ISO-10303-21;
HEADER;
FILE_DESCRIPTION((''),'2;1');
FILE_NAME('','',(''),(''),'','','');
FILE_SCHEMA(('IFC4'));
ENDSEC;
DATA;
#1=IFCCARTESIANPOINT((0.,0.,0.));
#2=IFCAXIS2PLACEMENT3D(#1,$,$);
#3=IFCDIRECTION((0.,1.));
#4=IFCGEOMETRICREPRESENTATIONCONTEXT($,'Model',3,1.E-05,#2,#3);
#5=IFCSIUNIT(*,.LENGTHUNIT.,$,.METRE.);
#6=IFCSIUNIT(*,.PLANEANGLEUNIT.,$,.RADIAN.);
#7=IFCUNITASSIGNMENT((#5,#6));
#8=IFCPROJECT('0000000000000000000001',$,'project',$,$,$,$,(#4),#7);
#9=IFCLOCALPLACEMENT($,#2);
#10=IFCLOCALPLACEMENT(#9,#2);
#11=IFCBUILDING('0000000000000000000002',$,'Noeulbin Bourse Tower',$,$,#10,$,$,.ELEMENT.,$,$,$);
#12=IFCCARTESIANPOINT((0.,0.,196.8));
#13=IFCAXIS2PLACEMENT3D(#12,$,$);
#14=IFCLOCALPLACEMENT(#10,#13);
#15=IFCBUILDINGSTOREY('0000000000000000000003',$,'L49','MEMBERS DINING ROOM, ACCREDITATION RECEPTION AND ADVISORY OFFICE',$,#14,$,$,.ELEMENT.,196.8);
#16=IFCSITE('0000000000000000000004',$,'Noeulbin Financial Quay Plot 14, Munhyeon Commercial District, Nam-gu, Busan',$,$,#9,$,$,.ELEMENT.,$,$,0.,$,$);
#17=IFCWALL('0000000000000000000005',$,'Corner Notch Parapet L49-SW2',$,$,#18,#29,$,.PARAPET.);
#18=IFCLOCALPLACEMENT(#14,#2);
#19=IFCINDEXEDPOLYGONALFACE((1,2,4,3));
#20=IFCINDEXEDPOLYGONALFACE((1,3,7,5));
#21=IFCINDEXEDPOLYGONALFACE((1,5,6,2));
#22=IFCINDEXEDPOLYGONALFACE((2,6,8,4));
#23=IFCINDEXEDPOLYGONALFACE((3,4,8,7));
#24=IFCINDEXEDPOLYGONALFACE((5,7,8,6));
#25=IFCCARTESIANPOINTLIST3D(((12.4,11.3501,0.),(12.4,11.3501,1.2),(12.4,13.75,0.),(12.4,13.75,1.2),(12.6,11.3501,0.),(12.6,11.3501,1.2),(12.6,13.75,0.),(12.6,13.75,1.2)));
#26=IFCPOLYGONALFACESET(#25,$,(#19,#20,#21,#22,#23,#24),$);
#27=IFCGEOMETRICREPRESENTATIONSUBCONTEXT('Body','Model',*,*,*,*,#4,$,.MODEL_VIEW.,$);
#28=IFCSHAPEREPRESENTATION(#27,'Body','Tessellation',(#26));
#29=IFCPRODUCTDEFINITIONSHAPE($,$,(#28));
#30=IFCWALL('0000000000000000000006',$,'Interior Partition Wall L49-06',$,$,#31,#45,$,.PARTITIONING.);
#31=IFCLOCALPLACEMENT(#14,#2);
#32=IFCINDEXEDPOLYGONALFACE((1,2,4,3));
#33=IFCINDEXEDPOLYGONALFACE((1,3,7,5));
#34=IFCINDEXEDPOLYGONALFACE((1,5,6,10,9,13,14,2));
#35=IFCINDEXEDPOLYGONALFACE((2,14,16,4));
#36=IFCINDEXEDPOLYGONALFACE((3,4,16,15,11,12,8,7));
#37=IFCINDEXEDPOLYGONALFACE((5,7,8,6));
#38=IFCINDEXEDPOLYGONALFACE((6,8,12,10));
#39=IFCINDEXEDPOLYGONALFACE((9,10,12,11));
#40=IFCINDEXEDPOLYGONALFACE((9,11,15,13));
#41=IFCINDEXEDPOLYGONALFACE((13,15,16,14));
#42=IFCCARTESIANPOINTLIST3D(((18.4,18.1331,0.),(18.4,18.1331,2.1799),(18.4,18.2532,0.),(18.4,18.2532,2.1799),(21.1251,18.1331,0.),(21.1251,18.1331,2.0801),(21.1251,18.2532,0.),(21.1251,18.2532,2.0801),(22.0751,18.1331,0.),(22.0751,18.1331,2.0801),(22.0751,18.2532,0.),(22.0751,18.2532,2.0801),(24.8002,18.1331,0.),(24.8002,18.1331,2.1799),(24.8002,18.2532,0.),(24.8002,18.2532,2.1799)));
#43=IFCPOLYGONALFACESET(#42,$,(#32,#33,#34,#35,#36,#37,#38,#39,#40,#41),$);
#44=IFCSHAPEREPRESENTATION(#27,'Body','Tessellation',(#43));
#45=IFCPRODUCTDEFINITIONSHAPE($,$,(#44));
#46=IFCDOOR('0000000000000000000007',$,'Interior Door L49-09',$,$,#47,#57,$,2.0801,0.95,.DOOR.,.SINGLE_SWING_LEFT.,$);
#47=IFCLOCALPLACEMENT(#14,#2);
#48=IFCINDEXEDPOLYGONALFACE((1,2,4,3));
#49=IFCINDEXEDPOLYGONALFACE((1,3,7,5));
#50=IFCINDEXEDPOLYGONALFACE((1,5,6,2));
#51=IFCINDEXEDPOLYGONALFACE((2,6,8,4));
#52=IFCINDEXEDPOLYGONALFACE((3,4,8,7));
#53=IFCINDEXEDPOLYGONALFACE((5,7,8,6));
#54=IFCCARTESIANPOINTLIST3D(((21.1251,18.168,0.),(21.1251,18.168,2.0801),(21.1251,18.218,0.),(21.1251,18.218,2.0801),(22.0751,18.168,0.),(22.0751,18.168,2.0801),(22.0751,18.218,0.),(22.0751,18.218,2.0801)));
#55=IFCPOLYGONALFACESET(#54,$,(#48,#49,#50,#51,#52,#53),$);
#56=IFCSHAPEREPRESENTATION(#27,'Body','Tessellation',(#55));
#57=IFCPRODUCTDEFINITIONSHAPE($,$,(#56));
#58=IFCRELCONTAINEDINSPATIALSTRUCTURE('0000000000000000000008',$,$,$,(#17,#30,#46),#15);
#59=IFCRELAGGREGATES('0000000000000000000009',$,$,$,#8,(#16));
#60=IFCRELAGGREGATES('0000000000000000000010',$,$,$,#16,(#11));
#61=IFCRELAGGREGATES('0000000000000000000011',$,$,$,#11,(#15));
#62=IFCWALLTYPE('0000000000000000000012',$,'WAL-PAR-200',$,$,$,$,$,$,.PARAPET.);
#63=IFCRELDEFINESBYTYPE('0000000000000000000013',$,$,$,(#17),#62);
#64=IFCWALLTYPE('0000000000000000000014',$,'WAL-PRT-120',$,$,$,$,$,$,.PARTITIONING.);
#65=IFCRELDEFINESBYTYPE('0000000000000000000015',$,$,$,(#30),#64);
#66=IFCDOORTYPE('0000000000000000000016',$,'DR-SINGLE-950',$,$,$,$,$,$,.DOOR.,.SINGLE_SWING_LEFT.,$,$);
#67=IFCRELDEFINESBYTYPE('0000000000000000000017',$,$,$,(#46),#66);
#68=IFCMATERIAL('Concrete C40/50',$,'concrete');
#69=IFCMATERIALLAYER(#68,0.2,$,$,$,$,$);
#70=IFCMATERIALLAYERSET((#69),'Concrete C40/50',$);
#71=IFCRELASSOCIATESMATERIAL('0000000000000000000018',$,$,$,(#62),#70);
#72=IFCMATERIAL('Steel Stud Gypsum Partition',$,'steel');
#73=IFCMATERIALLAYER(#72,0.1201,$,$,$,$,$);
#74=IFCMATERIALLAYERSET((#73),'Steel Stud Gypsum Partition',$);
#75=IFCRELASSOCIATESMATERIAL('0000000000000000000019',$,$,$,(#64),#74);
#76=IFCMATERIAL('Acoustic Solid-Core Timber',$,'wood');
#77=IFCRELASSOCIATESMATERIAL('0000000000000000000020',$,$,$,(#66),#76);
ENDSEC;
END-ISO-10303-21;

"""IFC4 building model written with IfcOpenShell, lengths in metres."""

from ifc_helpers import new_model, si_unit, direction, frame, frame_2d, origin, place, context, subcontext, project, spatial, rectangle, extrude, material, layer, layer_set, type_object, element, fill, save


model = new_model("IFC4")

# Units and contexts
model_context = context("Model", 3, precision=1e-05, world=origin(), true_north=direction((0.0, 1.0)))
body_context = subcontext(model_context, "Body", "Model", "MODEL_VIEW")
ifc_project = project(units=[si_unit("LENGTHUNIT", "METRE"), si_unit("PLANEANGLEUNIT", "RADIAN")], contexts=[model_context])

# Site, building, storey
site_placement = place(None, origin())
site = spatial("IfcSite", under=ifc_project, at=site_placement, Name="Noeulbin Financial Quay Plot 14, Munhyeon Commercial District, Nam-gu, Busan", CompositionType="ELEMENT", RefElevation=0.0)
building_placement = place(site_placement, origin())
building = spatial("IfcBuilding", under=site, at=building_placement, Name="Noeulbin Bourse Tower", CompositionType="ELEMENT")
storey_placement = place(building_placement, frame((0.0, 0.0, 196.8)))
storey = spatial("IfcBuildingStorey", under=building, at=storey_placement, Name="L49", Description="MEMBERS DINING ROOM, ACCREDITATION RECEPTION AND ADVISORY OFFICE", CompositionType="ELEMENT", Elevation=196.8)

# Wall
ifc_material_1 = material(Name="Concrete C40/50", Category="concrete")
ifc_layer_1 = layer(ifc_material_1, 0.2)
ifc_layer_set_1 = layer_set([ifc_layer_1], Name="Concrete C40/50")
wall_type_1 = type_object("IfcWallType", Name="WAL-PAR-200", PredefinedType="PARAPET", material=ifc_layer_set_1)
for number, where, z_axis, x_axis, name in (
    (1, (12.5, 13.75, 0.0), (0.0, 0.0, 1.0), (0.0, -1.0, 0.0), "Corner Notch Parapet L49-SW2"),
):
    element("IfcWall", number, at=place(storey_placement, frame(where, z_axis=z_axis, x_axis=x_axis)), inside=storey, type_object=wall_type_1, Name=name, PredefinedType="PARAPET", context=body_context, shape_type="SweptSolid", body=[
        extrude(rectangle(XDim=2.3999, YDim=0.2, at=frame_2d((1.2, 0.0))), origin(), (0.0, 0.0, 1.0), 1.2),
    ])

# Wall, opening, door
ifc_material_2 = material(Name="Steel Stud Gypsum Partition", Category="steel")
ifc_layer_2 = layer(ifc_material_2, 0.1201)
ifc_layer_set_2 = layer_set([ifc_layer_2], Name="Steel Stud Gypsum Partition")
wall_type_2 = type_object("IfcWallType", Name="WAL-PRT-120", PredefinedType="PARTITIONING", material=ifc_layer_set_2)
wall_placement = place(storey_placement, frame((18.3999, 18.1931, 0.0), z_axis=(0.0, 0.0, 1.0), x_axis=(1.0, 0.0, 0.0)))
wall = element("IfcWall", 2, at=wall_placement, inside=storey, type_object=wall_type_2, Name="Interior Partition Wall L49-06", PredefinedType="PARTITIONING", context=body_context, shape_type="SweptSolid", body=[
    extrude(rectangle(XDim=6.4001, YDim=0.1201, at=frame_2d((3.2002, 0.0))), origin(), (0.0, 0.0, 1.0), 2.1799),
])
opening_placement = place(wall_placement, frame((2.7251, 0.0, 0.0)))
opening = element("IfcOpeningElement", 3, at=opening_placement, cuts=wall, PredefinedType="OPENING", context=body_context, shape_type="SweptSolid", body=[
    extrude(rectangle(XDim=0.95, YDim=2.0801, at=frame_2d((0.4751, 1.04))), frame((0.0, 0.0701, 0.0), z_axis=(0.0, -1.0, 0.0), x_axis=(1.0, 0.0, 0.0)), (0.0, 0.0, 1.0), 0.1401),
])
ifc_material_3 = material(Name="Acoustic Solid-Core Timber", Category="wood")
door_type = type_object("IfcDoorType", Name="DR-SINGLE-950", OperationType="SINGLE_SWING_LEFT", PredefinedType="DOOR", material=ifc_material_3)
door_placement = place(opening_placement, origin())
door = element("IfcDoor", 4, at=door_placement, inside=storey, type_object=door_type, Name="Interior Door L49-09", OperationType="SINGLE_SWING_LEFT", OverallHeight=2.0801, OverallWidth=0.95, PredefinedType="DOOR", context=body_context, shape_type="SweptSolid", body=[
    extrude(rectangle(XDim=0.95, YDim=2.0801, at=frame_2d((0.4751, 1.04))), frame((0.0, 0.0249, 0.0), z_axis=(0.0, -1.0, 0.0), x_axis=(1.0, 0.0, 0.0)), (0.0, 0.0, 1.0), 0.05),
])
fill(opening, door)

save(model, "model.ifc")
